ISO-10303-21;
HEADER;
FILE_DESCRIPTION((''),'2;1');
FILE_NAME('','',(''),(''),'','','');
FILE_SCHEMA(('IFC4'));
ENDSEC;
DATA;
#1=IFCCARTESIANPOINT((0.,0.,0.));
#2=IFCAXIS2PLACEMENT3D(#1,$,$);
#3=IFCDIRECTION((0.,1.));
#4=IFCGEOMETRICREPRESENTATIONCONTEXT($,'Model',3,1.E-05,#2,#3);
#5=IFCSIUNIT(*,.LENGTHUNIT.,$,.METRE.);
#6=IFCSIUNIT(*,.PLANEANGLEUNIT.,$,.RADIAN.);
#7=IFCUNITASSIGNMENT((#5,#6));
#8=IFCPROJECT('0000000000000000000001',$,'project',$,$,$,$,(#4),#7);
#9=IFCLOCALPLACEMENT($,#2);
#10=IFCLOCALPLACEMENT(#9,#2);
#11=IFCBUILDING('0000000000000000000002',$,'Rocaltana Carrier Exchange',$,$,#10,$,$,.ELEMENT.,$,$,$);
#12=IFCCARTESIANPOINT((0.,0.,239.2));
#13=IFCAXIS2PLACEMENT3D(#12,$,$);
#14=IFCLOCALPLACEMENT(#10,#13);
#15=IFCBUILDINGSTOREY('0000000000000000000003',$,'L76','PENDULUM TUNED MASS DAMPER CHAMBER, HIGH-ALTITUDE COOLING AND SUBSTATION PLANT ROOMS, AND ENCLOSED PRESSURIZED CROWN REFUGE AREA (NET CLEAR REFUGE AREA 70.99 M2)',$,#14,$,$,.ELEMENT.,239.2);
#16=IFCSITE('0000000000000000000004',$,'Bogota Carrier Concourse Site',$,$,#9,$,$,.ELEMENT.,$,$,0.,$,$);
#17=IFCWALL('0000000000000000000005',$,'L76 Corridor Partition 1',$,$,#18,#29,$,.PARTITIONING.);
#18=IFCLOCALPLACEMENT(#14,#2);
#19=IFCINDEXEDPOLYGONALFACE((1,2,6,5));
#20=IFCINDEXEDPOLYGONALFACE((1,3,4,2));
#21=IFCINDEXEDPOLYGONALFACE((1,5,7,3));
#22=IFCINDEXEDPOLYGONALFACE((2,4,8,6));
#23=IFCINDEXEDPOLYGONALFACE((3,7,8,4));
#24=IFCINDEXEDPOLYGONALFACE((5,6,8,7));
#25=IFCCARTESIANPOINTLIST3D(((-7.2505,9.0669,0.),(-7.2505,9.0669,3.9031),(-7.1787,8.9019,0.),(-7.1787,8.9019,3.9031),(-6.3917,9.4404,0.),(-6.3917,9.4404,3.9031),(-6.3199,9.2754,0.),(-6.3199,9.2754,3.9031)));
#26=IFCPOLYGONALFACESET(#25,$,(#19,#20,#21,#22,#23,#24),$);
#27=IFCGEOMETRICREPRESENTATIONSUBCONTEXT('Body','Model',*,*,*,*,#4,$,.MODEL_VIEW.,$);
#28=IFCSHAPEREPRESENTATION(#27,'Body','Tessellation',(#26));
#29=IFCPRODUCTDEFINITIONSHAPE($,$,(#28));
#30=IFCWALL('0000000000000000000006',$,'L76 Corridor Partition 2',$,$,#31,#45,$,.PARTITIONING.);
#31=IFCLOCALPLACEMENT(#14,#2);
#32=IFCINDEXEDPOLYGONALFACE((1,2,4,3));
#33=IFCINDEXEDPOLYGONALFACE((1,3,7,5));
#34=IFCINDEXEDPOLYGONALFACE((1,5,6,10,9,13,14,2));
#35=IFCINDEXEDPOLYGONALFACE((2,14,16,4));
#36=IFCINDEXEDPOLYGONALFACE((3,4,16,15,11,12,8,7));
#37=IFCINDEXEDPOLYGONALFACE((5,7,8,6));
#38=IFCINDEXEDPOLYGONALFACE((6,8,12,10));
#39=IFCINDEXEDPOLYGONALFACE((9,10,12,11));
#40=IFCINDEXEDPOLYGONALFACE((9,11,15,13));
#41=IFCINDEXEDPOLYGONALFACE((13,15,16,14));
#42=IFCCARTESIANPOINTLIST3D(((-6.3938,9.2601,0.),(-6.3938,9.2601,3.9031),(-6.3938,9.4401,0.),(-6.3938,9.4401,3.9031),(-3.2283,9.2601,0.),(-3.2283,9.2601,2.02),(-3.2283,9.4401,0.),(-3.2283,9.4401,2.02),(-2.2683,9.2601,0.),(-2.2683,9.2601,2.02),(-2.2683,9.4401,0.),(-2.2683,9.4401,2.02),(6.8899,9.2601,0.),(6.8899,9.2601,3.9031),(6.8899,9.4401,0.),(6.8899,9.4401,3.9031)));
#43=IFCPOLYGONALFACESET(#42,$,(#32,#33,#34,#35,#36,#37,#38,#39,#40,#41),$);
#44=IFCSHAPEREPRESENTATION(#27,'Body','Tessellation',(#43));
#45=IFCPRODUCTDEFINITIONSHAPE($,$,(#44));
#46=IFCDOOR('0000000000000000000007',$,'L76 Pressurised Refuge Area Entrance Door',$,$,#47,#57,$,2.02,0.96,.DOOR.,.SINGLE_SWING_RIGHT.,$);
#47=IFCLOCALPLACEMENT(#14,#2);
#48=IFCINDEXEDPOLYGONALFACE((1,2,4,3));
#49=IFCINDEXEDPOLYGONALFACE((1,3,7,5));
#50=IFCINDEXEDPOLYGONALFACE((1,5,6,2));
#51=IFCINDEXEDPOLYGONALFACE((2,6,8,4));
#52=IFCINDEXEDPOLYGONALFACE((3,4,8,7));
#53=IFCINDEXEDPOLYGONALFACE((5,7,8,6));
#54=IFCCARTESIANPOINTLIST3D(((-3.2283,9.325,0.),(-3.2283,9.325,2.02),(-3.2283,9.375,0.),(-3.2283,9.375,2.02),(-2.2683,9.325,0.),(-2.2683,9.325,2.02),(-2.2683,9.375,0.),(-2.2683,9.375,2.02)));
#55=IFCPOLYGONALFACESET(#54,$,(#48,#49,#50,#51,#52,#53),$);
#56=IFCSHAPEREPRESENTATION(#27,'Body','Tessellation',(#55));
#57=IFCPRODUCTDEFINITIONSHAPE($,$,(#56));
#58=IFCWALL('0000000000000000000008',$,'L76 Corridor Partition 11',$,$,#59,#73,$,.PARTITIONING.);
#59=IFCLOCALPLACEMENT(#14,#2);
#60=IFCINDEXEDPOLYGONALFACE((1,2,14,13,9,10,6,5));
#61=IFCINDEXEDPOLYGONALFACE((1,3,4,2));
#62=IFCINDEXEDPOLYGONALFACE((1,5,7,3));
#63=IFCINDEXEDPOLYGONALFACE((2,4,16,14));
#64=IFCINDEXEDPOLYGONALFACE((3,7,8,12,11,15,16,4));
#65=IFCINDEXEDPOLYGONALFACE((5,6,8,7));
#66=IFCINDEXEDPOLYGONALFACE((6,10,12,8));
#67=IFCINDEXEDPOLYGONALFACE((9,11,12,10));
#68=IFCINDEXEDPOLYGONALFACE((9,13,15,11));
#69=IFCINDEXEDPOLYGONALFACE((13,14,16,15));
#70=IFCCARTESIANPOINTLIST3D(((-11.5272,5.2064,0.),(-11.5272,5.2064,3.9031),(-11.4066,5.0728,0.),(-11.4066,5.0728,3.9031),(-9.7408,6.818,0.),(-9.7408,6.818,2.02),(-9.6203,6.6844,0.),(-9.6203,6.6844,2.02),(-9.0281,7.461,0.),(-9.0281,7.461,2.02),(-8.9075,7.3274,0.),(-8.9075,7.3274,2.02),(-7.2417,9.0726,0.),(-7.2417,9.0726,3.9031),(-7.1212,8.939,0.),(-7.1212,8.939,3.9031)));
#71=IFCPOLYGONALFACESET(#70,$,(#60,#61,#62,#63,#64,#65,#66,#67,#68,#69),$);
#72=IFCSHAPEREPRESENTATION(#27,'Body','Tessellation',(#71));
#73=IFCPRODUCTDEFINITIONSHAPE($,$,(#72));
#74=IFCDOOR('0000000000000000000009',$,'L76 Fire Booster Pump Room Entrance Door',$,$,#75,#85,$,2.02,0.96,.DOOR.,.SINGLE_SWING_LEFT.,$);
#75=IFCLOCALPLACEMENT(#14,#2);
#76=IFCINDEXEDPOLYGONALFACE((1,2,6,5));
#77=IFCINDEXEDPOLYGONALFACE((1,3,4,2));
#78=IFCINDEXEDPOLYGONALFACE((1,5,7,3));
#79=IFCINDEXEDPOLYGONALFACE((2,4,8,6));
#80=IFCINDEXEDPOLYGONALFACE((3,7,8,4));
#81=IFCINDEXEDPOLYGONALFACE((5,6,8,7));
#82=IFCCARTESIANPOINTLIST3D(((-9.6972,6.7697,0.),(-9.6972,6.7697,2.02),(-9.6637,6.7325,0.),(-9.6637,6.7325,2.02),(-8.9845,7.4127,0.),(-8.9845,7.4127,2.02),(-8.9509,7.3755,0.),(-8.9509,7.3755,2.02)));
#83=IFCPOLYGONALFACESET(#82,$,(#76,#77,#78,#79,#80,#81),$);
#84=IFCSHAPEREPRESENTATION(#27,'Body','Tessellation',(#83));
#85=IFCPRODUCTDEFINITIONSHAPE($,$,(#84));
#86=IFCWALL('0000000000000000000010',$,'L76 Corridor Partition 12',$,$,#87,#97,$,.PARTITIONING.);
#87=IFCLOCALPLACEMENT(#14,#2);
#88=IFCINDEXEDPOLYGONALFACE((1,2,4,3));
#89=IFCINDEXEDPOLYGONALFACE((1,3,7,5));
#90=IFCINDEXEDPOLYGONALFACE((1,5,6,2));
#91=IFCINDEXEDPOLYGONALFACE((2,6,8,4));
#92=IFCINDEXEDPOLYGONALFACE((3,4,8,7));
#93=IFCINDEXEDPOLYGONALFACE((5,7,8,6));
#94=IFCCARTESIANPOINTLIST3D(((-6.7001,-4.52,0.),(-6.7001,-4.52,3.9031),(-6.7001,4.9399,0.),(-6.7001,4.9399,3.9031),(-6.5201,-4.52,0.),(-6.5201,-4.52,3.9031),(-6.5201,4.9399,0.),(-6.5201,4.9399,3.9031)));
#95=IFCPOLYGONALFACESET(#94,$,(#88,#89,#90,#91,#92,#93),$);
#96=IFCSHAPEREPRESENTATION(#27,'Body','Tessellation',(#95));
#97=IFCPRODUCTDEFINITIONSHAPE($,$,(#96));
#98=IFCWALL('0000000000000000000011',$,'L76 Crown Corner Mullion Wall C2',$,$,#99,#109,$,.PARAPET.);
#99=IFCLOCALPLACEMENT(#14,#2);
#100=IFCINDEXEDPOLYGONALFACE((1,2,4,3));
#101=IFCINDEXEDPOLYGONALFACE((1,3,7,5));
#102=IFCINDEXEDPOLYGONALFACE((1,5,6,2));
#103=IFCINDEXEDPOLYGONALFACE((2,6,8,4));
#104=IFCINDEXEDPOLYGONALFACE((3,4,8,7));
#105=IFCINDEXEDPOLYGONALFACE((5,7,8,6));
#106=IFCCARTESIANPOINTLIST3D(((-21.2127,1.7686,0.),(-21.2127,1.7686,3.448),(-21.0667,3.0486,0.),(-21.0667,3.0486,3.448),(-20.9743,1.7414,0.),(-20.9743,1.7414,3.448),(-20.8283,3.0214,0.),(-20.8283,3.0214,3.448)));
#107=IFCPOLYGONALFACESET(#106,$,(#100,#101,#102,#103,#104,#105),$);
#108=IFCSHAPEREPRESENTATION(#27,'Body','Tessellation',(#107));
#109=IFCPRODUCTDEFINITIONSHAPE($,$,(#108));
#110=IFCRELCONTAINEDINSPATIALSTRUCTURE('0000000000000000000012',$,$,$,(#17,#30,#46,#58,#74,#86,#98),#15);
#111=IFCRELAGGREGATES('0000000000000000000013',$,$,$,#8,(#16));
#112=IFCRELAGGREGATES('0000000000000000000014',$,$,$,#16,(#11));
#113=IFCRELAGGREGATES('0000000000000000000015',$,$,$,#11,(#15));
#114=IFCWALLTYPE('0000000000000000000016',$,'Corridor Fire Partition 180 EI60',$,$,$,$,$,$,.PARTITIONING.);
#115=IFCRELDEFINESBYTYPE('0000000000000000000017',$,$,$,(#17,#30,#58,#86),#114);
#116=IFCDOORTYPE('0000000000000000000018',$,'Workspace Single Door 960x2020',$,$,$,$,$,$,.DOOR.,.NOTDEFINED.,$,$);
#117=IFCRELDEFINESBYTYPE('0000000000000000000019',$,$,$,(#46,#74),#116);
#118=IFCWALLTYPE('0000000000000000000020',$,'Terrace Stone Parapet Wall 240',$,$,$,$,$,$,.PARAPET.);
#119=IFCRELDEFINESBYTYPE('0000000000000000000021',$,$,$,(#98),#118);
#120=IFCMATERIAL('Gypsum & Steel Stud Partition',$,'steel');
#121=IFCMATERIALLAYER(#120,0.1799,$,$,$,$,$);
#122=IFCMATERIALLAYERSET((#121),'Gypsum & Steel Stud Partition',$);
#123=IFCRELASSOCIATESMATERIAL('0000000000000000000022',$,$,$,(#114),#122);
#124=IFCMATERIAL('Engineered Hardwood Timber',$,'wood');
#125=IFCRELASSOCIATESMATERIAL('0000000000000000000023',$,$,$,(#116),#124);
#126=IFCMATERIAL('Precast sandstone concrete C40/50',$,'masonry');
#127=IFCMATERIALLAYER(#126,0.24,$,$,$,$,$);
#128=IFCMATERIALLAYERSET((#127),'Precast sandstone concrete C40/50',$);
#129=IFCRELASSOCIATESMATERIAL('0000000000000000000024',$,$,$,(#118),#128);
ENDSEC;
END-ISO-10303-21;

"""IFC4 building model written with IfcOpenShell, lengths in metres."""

from ifc_helpers import new_model, si_unit, direction, frame, frame_2d, origin, place, context, subcontext, project, spatial, rectangle, extrude, material, layer, layer_set, type_object, element, fill, save


model = new_model("IFC4")

# Units and contexts
model_context = context("Model", 3, precision=1e-05, world=origin(), true_north=direction((0.0, 1.0)))
body_context = subcontext(model_context, "Body", "Model", "MODEL_VIEW")
ifc_project = project(units=[si_unit("LENGTHUNIT", "METRE"), si_unit("PLANEANGLEUNIT", "RADIAN")], contexts=[model_context])

# Site, building, storey
site_placement = place(None, origin())
site = spatial("IfcSite", under=ifc_project, at=site_placement, Name="Bogota Carrier Concourse Site", CompositionType="ELEMENT", RefElevation=0.0)
building_placement = place(site_placement, origin())
building = spatial("IfcBuilding", under=site, at=building_placement, Name="Rocaltana Carrier Exchange", CompositionType="ELEMENT")
storey_placement = place(building_placement, frame((0.0, 0.0, 239.2)))
storey = spatial("IfcBuildingStorey", under=building, at=storey_placement, Name="L76", Description="PENDULUM TUNED MASS DAMPER CHAMBER, HIGH-ALTITUDE COOLING AND SUBSTATION PLANT ROOMS, AND ENCLOSED PRESSURIZED CROWN REFUGE AREA (NET CLEAR REFUGE AREA 70.99 M2)", CompositionType="ELEMENT", Elevation=239.2)

# Wall
ifc_material_1 = material(Name="Gypsum & Steel Stud Partition", Category="steel")
ifc_layer_1 = layer(ifc_material_1, 0.1799)
ifc_layer_set_1 = layer_set([ifc_layer_1], Name="Gypsum & Steel Stud Partition")
wall_type_1 = type_object("IfcWallType", Name="Corridor Fire Partition 180 EI60", PredefinedType="PARTITIONING", material=ifc_layer_set_1)
wall_1_placement = place(storey_placement, frame((-7.2146, 8.9844, 0.0), z_axis=(0.0, 0.0, 1.0), x_axis=(0.917029, 0.398821, 0.0)))
element("IfcWall", 1, at=wall_1_placement, inside=storey, type_object=wall_type_1, Name="L76 Corridor Partition 1", PredefinedType="PARTITIONING", context=body_context, shape_type="SweptSolid", body=[
    extrude(rectangle(XDim=0.9365, YDim=0.1799, at=frame_2d((0.4683, 0.0))), origin(), (0.0, 0.0, 1.0), 3.9031),
])

# Walls, openings, doors
wall_2_placement = place(storey_placement, frame((-6.3938, 9.3501, 0.0), z_axis=(0.0, 0.0, 1.0), x_axis=(1.0, 0.0, 0.0)))
wall_2 = element("IfcWall", 2, at=wall_2_placement, inside=storey, type_object=wall_type_1, Name="L76 Corridor Partition 2", PredefinedType="PARTITIONING", context=body_context, shape_type="SweptSolid", body=[
    extrude(rectangle(XDim=13.2837, YDim=0.1799, at=frame_2d((6.6418, 0.0))), origin(), (0.0, 0.0, 1.0), 3.9031),
])
opening_1_placement = place(wall_2_placement, frame((3.1655, 0.0, 0.0)))
opening_1 = element("IfcOpeningElement", 3, at=opening_1_placement, cuts=wall_2, PredefinedType="OPENING", context=body_context, shape_type="SweptSolid", body=[
    extrude(rectangle(XDim=0.96, YDim=2.02, at=frame_2d((0.48, 1.01))), frame((0.0, 0.0999, 0.0), z_axis=(0.0, -1.0, 0.0), x_axis=(1.0, 0.0, 0.0)), (0.0, 0.0, 1.0), 0.2),
])
ifc_material_2 = material(Name="Engineered Hardwood Timber", Category="wood")
door_type = type_object("IfcDoorType", Name="Workspace Single Door 960x2020", OperationType="NOTDEFINED", PredefinedType="DOOR", material=ifc_material_2)
door_1_placement = place(opening_1_placement, origin())
door_1 = element("IfcDoor", 4, at=door_1_placement, inside=storey, type_object=door_type, Name="L76 Pressurised Refuge Area Entrance Door", OperationType="SINGLE_SWING_RIGHT", OverallHeight=2.02, OverallWidth=0.96, PredefinedType="DOOR", context=body_context, shape_type="SweptSolid", body=[
    extrude(rectangle(XDim=0.96, YDim=2.02, at=frame_2d((0.48, 1.01))), frame((0.0, 0.0249, 0.0), z_axis=(0.0, -1.0, 0.0), x_axis=(1.0, 0.0, 0.0)), (0.0, 0.0, 1.0), 0.05),
])
fill(opening_1, door_1)
wall_3_placement = place(storey_placement, frame((-11.4668, 5.1396, 0.0), z_axis=(0.0, 0.0, 1.0), x_axis=(0.742488, 0.669859, 0.0)))
wall_3 = element("IfcWall", 5, at=wall_3_placement, inside=storey, type_object=wall_type_1, Name="L76 Corridor Partition 11", PredefinedType="PARTITIONING", context=body_context, shape_type="SweptSolid", body=[
    extrude(rectangle(XDim=5.7717, YDim=0.1799, at=frame_2d((2.8857, 0.0))), origin(), (0.0, 0.0, 1.0), 3.9031),
])
opening_2_placement = place(wall_3_placement, frame((2.4058, 0.0, 0.0)))
opening_2 = element("IfcOpeningElement", 6, at=opening_2_placement, cuts=wall_3, PredefinedType="OPENING", context=body_context, shape_type="SweptSolid", body=[
    extrude(rectangle(XDim=0.96, YDim=2.02, at=frame_2d((0.48, 1.01))), frame((0.0, 0.0999, 0.0), z_axis=(0.0, -1.0, 0.0), x_axis=(1.0, 0.0, 0.0)), (0.0, 0.0, 1.0), 0.2),
])
door_2_placement = place(opening_2_placement, origin())
door_2 = element("IfcDoor", 7, at=door_2_placement, inside=storey, type_object=door_type, Name="L76 Fire Booster Pump Room Entrance Door", OperationType="SINGLE_SWING_LEFT", OverallHeight=2.02, OverallWidth=0.96, PredefinedType="DOOR", context=body_context, shape_type="SweptSolid", body=[
    extrude(rectangle(XDim=0.96, YDim=2.02, at=frame_2d((0.48, 1.01))), frame((0.0, 0.0249, 0.0), z_axis=(0.0, -1.0, 0.0), x_axis=(1.0, 0.0, 0.0)), (0.0, 0.0, 1.0), 0.05),
])
fill(opening_2, door_2)

# Walls
wall_4_placement = place(storey_placement, frame((-6.6101, 4.9399, 0.0), z_axis=(0.0, 0.0, 1.0), x_axis=(0.0, -1.0, 0.0)))
element("IfcWall", 8, at=wall_4_placement, inside=storey, type_object=wall_type_1, Name="L76 Corridor Partition 12", PredefinedType="PARTITIONING", context=body_context, shape_type="SweptSolid", body=[
    extrude(rectangle(XDim=9.46, YDim=0.1799, at=frame_2d((4.73, 0.0))), origin(), (0.0, 0.0, 1.0), 3.9031),
])
ifc_material_3 = material(Name="Precast sandstone concrete C40/50", Category="masonry")
ifc_layer_2 = layer(ifc_material_3, 0.24)
ifc_layer_set_2 = layer_set([ifc_layer_2], Name="Precast sandstone concrete C40/50")
wall_type_2 = type_object("IfcWallType", Name="Terrace Stone Parapet Wall 240", PredefinedType="PARAPET", material=ifc_layer_set_2)
wall_5_placement = place(storey_placement, frame((-20.9475, 3.0349, 0.0), z_axis=(0.0, 0.0, 1.0), x_axis=(-0.113322, -0.993558, 0.0)))
element("IfcWall", 9, at=wall_5_placement, inside=storey, type_object=wall_type_2, Name="L76 Crown Corner Mullion Wall C2", PredefinedType="PARAPET", context=body_context, shape_type="SweptSolid", body=[
    extrude(rectangle(XDim=1.2883, YDim=0.24, at=frame_2d((0.644, 0.0))), origin(), (0.0, 0.0, 1.0), 3.448),
])

save(model, "model.ifc")
